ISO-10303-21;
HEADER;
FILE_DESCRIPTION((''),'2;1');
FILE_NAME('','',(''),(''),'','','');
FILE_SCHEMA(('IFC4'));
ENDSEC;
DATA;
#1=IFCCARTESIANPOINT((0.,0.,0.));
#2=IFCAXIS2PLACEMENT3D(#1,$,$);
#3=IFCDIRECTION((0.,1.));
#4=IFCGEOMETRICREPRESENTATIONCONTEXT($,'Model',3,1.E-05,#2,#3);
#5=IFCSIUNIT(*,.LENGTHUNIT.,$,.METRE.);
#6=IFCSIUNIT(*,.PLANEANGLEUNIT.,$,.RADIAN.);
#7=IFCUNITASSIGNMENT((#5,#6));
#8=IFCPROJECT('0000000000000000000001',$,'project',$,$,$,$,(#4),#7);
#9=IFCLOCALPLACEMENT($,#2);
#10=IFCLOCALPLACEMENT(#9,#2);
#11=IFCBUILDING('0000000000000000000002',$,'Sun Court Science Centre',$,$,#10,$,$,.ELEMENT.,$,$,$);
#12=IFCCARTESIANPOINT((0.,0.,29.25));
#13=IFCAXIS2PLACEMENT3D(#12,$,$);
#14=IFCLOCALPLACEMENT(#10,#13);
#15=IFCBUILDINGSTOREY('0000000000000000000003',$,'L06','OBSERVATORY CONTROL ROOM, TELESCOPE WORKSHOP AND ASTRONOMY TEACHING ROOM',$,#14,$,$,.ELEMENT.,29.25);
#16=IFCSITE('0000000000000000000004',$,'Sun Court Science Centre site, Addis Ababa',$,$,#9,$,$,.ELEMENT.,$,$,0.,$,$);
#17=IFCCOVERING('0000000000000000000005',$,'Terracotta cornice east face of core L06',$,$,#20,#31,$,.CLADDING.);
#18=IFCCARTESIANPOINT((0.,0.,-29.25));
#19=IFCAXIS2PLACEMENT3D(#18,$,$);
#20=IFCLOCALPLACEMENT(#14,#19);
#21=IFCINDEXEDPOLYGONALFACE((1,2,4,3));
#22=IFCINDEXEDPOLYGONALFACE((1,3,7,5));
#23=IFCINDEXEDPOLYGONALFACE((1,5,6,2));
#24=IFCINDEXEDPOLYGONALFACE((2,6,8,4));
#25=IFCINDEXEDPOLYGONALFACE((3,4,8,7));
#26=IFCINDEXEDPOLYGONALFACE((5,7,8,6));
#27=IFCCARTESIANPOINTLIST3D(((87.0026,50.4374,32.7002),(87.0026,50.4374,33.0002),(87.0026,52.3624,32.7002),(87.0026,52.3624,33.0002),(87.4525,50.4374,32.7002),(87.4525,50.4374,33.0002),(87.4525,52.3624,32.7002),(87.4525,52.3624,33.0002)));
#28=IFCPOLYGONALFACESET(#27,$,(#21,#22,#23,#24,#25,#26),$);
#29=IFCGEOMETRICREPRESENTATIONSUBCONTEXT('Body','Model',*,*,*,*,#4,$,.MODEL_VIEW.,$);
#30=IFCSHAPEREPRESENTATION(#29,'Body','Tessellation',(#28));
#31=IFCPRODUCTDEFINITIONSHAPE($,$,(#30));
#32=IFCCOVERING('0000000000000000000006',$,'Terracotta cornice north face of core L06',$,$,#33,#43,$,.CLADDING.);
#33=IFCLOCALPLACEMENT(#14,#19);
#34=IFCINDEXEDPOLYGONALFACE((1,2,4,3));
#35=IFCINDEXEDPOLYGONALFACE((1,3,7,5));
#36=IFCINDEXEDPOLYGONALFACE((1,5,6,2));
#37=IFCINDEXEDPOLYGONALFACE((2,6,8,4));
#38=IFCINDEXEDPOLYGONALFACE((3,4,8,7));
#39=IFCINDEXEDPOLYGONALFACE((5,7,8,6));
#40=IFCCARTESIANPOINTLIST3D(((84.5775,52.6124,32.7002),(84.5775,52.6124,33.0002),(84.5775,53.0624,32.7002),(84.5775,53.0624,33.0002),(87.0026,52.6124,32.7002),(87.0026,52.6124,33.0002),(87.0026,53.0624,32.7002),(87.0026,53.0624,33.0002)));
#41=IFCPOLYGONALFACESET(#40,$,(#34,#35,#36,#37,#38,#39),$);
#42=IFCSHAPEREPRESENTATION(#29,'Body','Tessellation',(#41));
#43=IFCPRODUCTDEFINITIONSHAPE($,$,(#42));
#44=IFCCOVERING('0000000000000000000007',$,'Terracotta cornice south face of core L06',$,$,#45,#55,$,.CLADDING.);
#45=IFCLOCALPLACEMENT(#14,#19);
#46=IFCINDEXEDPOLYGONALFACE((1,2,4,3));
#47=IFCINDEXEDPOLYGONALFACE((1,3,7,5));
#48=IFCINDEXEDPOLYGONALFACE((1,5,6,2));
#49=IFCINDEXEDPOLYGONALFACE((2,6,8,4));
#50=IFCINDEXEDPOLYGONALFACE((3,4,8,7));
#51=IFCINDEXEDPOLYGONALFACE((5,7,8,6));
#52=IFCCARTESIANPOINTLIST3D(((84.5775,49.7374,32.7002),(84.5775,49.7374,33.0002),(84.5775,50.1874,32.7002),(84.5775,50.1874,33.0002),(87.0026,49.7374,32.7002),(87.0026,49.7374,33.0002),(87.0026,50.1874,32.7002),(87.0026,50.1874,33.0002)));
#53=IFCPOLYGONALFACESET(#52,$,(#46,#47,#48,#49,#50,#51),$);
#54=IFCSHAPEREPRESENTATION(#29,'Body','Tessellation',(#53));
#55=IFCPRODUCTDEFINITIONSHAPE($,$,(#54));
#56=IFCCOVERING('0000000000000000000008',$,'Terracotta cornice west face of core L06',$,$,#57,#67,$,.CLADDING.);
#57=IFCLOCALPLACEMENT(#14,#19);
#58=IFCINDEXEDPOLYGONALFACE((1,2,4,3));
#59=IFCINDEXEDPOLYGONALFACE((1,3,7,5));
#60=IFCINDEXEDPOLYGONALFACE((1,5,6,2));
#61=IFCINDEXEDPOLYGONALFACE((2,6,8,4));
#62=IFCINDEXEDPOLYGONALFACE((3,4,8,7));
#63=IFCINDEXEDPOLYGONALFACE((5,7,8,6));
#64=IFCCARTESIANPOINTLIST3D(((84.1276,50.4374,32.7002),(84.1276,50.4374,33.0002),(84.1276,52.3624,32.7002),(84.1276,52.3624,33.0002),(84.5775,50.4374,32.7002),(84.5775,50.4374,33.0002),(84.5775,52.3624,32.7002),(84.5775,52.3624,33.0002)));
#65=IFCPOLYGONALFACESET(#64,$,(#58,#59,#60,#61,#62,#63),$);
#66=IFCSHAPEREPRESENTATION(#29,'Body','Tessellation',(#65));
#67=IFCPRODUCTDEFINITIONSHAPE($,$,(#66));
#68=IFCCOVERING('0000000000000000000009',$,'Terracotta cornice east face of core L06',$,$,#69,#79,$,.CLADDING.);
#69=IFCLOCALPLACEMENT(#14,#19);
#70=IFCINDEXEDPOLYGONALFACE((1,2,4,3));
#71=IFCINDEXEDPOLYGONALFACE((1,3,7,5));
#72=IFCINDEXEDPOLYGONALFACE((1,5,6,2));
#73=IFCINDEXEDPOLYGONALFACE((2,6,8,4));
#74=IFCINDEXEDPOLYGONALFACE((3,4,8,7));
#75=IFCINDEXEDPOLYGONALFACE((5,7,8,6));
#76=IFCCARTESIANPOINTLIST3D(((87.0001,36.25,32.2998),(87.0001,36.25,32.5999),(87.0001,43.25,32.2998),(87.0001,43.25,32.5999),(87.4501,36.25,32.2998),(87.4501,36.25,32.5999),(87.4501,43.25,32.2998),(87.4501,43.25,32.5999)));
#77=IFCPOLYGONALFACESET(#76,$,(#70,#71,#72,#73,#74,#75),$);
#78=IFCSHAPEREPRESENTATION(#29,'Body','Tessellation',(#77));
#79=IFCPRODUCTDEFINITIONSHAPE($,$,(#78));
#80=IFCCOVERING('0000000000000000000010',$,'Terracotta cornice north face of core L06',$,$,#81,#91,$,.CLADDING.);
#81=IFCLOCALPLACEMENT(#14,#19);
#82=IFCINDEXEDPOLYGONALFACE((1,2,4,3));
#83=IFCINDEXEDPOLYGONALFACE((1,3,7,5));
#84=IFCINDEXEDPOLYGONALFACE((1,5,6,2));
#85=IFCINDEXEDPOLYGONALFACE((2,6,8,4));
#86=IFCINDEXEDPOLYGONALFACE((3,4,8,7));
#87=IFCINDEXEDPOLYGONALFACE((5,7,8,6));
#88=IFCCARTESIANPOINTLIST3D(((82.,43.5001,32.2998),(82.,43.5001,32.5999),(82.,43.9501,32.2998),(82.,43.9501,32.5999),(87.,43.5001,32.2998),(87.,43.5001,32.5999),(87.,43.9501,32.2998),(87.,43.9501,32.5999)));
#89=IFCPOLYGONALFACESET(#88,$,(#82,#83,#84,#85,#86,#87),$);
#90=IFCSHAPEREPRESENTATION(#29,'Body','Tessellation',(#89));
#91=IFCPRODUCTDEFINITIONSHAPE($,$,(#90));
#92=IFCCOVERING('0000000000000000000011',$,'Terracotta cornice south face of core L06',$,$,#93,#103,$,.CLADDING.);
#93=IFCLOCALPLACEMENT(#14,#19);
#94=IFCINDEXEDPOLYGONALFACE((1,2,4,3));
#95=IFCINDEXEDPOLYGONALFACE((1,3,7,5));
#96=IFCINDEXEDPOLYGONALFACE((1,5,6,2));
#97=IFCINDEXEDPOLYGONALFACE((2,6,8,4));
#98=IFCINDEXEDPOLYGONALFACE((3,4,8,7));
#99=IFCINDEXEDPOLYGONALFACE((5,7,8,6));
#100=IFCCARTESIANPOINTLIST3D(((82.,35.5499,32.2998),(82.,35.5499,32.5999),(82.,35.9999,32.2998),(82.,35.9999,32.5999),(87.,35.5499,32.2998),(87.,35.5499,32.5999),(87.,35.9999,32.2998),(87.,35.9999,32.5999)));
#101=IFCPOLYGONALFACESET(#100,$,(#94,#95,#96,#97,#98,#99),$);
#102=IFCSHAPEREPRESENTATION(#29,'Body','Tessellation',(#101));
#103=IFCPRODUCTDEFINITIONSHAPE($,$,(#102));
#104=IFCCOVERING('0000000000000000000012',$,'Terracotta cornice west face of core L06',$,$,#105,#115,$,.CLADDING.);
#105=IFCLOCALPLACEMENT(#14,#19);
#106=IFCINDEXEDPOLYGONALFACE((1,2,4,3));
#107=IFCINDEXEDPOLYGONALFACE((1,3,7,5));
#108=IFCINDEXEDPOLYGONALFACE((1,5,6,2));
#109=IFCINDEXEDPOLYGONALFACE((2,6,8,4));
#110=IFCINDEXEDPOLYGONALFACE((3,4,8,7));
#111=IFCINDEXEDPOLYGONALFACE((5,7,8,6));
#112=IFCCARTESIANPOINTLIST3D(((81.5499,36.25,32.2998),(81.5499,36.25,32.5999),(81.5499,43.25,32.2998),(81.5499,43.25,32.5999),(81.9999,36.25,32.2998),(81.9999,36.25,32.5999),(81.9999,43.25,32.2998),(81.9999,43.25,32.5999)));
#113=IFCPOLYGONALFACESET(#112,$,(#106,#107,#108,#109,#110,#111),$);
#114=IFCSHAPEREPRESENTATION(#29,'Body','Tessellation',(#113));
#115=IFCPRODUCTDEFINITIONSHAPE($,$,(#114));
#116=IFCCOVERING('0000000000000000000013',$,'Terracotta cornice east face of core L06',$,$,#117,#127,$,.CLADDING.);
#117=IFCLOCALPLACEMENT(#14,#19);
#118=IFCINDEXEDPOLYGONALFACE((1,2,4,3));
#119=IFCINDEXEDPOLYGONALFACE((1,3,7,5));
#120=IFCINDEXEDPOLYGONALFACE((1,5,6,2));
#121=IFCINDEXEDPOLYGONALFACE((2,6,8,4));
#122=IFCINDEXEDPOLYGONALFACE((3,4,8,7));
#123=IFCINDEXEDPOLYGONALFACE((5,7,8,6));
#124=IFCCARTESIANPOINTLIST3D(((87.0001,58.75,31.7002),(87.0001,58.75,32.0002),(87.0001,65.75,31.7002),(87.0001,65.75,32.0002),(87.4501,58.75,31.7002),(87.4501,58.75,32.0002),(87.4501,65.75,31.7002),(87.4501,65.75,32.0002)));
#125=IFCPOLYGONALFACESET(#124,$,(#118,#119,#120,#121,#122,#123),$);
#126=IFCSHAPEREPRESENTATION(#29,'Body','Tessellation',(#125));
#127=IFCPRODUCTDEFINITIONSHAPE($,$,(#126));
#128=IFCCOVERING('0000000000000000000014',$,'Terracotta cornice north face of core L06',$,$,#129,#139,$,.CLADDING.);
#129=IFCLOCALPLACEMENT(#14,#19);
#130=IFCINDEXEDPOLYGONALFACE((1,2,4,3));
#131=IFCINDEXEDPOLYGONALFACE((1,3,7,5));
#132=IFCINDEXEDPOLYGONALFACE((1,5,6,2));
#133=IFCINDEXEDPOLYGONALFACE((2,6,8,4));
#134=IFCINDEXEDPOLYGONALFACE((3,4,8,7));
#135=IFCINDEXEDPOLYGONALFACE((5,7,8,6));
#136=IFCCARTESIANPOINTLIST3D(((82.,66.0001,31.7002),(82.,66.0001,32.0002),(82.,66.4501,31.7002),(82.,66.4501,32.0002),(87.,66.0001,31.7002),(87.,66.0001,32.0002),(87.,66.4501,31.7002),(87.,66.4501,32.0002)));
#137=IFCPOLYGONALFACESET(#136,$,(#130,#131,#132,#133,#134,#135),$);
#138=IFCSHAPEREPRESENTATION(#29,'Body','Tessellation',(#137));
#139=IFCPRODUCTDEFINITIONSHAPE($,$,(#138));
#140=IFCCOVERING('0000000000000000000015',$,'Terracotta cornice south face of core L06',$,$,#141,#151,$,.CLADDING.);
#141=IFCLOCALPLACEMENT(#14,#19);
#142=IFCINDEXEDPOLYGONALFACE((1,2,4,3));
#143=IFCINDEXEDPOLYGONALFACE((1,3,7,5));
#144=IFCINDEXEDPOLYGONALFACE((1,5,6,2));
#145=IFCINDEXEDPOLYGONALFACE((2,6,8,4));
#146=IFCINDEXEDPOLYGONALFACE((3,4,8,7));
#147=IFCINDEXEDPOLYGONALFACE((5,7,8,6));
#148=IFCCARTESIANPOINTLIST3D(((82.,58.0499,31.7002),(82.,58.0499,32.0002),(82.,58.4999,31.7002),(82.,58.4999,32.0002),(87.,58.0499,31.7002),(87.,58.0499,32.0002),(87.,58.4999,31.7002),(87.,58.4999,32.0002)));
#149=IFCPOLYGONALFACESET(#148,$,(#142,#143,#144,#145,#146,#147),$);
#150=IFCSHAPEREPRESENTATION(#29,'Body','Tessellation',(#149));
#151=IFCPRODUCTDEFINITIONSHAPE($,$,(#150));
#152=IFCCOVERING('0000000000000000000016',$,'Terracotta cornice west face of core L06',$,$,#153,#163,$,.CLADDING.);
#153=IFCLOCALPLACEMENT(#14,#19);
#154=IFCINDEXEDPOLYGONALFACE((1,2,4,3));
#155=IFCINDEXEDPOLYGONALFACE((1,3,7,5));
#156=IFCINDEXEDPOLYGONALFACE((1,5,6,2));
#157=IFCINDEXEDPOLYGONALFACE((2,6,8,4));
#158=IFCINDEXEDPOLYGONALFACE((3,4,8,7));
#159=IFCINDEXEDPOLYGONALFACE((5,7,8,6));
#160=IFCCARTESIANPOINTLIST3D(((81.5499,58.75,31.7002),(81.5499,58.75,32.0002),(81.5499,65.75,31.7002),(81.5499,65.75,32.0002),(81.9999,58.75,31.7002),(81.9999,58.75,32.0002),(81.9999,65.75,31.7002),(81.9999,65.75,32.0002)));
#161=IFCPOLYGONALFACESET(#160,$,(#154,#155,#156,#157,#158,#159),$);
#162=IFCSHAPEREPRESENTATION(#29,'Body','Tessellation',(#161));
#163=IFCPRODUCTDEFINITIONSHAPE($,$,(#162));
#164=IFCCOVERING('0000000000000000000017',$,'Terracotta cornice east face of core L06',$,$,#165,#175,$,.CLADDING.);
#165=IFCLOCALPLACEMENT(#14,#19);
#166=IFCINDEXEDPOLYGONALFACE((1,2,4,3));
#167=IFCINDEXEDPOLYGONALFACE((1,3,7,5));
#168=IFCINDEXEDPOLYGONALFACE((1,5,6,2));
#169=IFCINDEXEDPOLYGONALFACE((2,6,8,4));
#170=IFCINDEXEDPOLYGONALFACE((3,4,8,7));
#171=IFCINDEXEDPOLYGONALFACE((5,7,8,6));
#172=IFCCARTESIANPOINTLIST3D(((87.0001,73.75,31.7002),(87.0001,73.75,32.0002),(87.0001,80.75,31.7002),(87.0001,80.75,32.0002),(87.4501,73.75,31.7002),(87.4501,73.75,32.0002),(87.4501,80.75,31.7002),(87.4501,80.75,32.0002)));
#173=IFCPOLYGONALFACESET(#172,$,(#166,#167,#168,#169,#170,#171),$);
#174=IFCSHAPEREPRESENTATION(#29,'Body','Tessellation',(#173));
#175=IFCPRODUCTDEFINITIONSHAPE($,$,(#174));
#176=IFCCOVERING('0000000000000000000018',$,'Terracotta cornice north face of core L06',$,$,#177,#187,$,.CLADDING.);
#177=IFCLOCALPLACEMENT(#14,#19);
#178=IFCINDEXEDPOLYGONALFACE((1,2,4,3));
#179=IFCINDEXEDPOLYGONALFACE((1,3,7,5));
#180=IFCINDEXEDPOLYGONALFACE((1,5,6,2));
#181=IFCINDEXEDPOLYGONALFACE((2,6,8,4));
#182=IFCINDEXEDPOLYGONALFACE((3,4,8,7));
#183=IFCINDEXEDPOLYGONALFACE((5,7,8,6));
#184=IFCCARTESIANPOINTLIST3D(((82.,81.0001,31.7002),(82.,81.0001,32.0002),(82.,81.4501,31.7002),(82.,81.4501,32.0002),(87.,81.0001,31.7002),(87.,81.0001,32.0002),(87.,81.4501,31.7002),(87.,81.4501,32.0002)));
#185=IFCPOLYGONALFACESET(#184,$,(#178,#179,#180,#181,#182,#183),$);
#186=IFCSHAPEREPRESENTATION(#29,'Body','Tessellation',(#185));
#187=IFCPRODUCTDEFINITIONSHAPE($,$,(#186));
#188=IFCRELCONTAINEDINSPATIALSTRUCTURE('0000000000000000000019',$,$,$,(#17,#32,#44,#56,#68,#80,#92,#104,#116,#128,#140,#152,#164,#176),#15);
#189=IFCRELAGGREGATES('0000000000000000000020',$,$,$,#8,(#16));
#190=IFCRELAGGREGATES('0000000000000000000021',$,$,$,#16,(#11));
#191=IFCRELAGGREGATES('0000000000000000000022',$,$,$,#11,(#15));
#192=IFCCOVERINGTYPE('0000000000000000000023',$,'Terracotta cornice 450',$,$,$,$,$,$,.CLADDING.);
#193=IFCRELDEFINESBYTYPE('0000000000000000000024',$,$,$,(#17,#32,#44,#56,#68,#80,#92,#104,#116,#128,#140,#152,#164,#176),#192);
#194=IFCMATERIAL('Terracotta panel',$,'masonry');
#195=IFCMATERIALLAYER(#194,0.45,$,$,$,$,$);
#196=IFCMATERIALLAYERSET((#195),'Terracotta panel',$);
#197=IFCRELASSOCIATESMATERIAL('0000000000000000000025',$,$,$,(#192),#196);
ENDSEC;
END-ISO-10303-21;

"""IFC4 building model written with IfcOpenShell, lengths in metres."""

from ifc_helpers import new_model, si_unit, direction, frame, origin, origin_2d, place, context, subcontext, project, spatial, rectangle, extrude, material, layer, layer_set, type_object, element, save


model = new_model("IFC4")

# Units and contexts
model_context = context("Model", 3, precision=1e-05, world=origin(), true_north=direction((0.0, 1.0)))
body_context = subcontext(model_context, "Body", "Model", "MODEL_VIEW")
ifc_project = project(units=[si_unit("LENGTHUNIT", "METRE"), si_unit("PLANEANGLEUNIT", "RADIAN")], contexts=[model_context])

# Site, building, storey
site_placement = place(None, origin())
site = spatial("IfcSite", under=ifc_project, at=site_placement, Name="Sun Court Science Centre site, Addis Ababa", CompositionType="ELEMENT", RefElevation=0.0)
building_placement = place(site_placement, origin())
building = spatial("IfcBuilding", under=site, at=building_placement, Name="Sun Court Science Centre", CompositionType="ELEMENT")
storey_placement = place(building_placement, frame((0.0, 0.0, 29.25)))
storey = spatial("IfcBuildingStorey", under=building, at=storey_placement, Name="L06", Description="OBSERVATORY CONTROL ROOM, TELESCOPE WORKSHOP AND ASTRONOMY TEACHING ROOM", CompositionType="ELEMENT", Elevation=29.25)

# Coverings
ifc_material_1 = material(Name="Terracotta panel", Category="masonry")
ifc_layer_1 = layer(ifc_material_1, 0.45)
ifc_layer_set_1 = layer_set([ifc_layer_1], Name="Terracotta panel")
covering_type = type_object("IfcCoveringType", Name="Terracotta cornice 450", PredefinedType="CLADDING", material=ifc_layer_set_1)
covering_1_placement = place(storey_placement, frame((0.0, 0.0, -29.25)))
element("IfcCovering", 1, at=covering_1_placement, inside=storey, type_object=covering_type, Name="Terracotta cornice east face of core L06", PredefinedType="CLADDING", context=body_context, shape_type="SweptSolid", body=[
    extrude(rectangle(XDim=1.925, YDim=0.45, at=origin_2d()), frame((87.2275, 51.3999, 32.7002), z_axis=(0.0, 0.0, 1.0), x_axis=(0.0, -1.0, 0.0)), (0.0, 0.0, 1.0), 0.3),
])
covering_2_placement = place(storey_placement, frame((0.0, 0.0, -29.25)))
element("IfcCovering", 2, at=covering_2_placement, inside=storey, type_object=covering_type, Name="Terracotta cornice north face of core L06", PredefinedType="CLADDING", context=body_context, shape_type="SweptSolid", body=[
    extrude(rectangle(XDim=2.425, YDim=0.45, at=origin_2d()), frame((85.79, 52.8374, 32.7002), z_axis=(0.0, 0.0, 1.0), x_axis=(1.0, 0.0, 0.0)), (0.0, 0.0, 1.0), 0.3),
])
covering_3_placement = place(storey_placement, frame((0.0, 0.0, -29.25)))
element("IfcCovering", 3, at=covering_3_placement, inside=storey, type_object=covering_type, Name="Terracotta cornice south face of core L06", PredefinedType="CLADDING", context=body_context, shape_type="SweptSolid", body=[
    extrude(rectangle(XDim=2.425, YDim=0.45, at=origin_2d()), frame((85.79, 49.9624, 32.7002), z_axis=(0.0, 0.0, 1.0), x_axis=(-1.0, 0.0, 0.0)), (0.0, 0.0, 1.0), 0.3),
])
covering_4_placement = place(storey_placement, frame((0.0, 0.0, -29.25)))
element("IfcCovering", 4, at=covering_4_placement, inside=storey, type_object=covering_type, Name="Terracotta cornice west face of core L06", PredefinedType="CLADDING", context=body_context, shape_type="SweptSolid", body=[
    extrude(rectangle(XDim=1.925, YDim=0.45, at=origin_2d()), frame((84.3525, 51.3999, 32.7002), z_axis=(0.0, 0.0, 1.0), x_axis=(0.0, 1.0, 0.0)), (0.0, 0.0, 1.0), 0.3),
])
covering_5_placement = place(storey_placement, frame((0.0, 0.0, -29.25)))
element("IfcCovering", 5, at=covering_5_placement, inside=storey, type_object=covering_type, Name="Terracotta cornice east face of core L06", PredefinedType="CLADDING", context=body_context, shape_type="SweptSolid", body=[
    extrude(rectangle(XDim=7.0, YDim=0.45, at=origin_2d()), frame((87.2251, 39.75, 32.2998), z_axis=(0.0, 0.0, 1.0), x_axis=(0.0, -1.0, 0.0)), (0.0, 0.0, 1.0), 0.3),
])
covering_6_placement = place(storey_placement, frame((0.0, 0.0, -29.25)))
element("IfcCovering", 6, at=covering_6_placement, inside=storey, type_object=covering_type, Name="Terracotta cornice north face of core L06", PredefinedType="CLADDING", context=body_context, shape_type="SweptSolid", body=[
    extrude(rectangle(XDim=5.0, YDim=0.45, at=origin_2d()), frame((84.5, 43.7251, 32.2998), z_axis=(0.0, 0.0, 1.0), x_axis=(1.0, 0.0, 0.0)), (0.0, 0.0, 1.0), 0.3),
])
covering_7_placement = place(storey_placement, frame((0.0, 0.0, -29.25)))
element("IfcCovering", 7, at=covering_7_placement, inside=storey, type_object=covering_type, Name="Terracotta cornice south face of core L06", PredefinedType="CLADDING", context=body_context, shape_type="SweptSolid", body=[
    extrude(rectangle(XDim=5.0, YDim=0.45, at=origin_2d()), frame((84.5, 35.7749, 32.2998), z_axis=(0.0, 0.0, 1.0), x_axis=(-1.0, 0.0, 0.0)), (0.0, 0.0, 1.0), 0.3),
])
covering_8_placement = place(storey_placement, frame((0.0, 0.0, -29.25)))
element("IfcCovering", 8, at=covering_8_placement, inside=storey, type_object=covering_type, Name="Terracotta cornice west face of core L06", PredefinedType="CLADDING", context=body_context, shape_type="SweptSolid", body=[
    extrude(rectangle(XDim=7.0, YDim=0.45, at=origin_2d()), frame((81.7749, 39.75, 32.2998), z_axis=(0.0, 0.0, 1.0), x_axis=(0.0, 1.0, 0.0)), (0.0, 0.0, 1.0), 0.3),
])
covering_9_placement = place(storey_placement, frame((0.0, 0.0, -29.25)))
element("IfcCovering", 9, at=covering_9_placement, inside=storey, type_object=covering_type, Name="Terracotta cornice east face of core L06", PredefinedType="CLADDING", context=body_context, shape_type="SweptSolid", body=[
    extrude(rectangle(XDim=7.0, YDim=0.45, at=origin_2d()), frame((87.2251, 62.25, 31.7002), z_axis=(0.0, 0.0, 1.0), x_axis=(0.0, -1.0, 0.0)), (0.0, 0.0, 1.0), 0.3),
])
covering_10_placement = place(storey_placement, frame((0.0, 0.0, -29.25)))
element("IfcCovering", 10, at=covering_10_placement, inside=storey, type_object=covering_type, Name="Terracotta cornice north face of core L06", PredefinedType="CLADDING", context=body_context, shape_type="SweptSolid", body=[
    extrude(rectangle(XDim=5.0, YDim=0.45, at=origin_2d()), frame((84.5, 66.2251, 31.7002), z_axis=(0.0, 0.0, 1.0), x_axis=(1.0, 0.0, 0.0)), (0.0, 0.0, 1.0), 0.3),
])
covering_11_placement = place(storey_placement, frame((0.0, 0.0, -29.25)))
element("IfcCovering", 11, at=covering_11_placement, inside=storey, type_object=covering_type, Name="Terracotta cornice south face of core L06", PredefinedType="CLADDING", context=body_context, shape_type="SweptSolid", body=[
    extrude(rectangle(XDim=5.0, YDim=0.45, at=origin_2d()), frame((84.5, 58.2749, 31.7002), z_axis=(0.0, 0.0, 1.0), x_axis=(-1.0, 0.0, 0.0)), (0.0, 0.0, 1.0), 0.3),
])
covering_12_placement = place(storey_placement, frame((0.0, 0.0, -29.25)))
element("IfcCovering", 12, at=covering_12_placement, inside=storey, type_object=covering_type, Name="Terracotta cornice west face of core L06", PredefinedType="CLADDING", context=body_context, shape_type="SweptSolid", body=[
    extrude(rectangle(XDim=7.0, YDim=0.45, at=origin_2d()), frame((81.7749, 62.25, 31.7002), z_axis=(0.0, 0.0, 1.0), x_axis=(0.0, 1.0, 0.0)), (0.0, 0.0, 1.0), 0.3),
])
covering_13_placement = place(storey_placement, frame((0.0, 0.0, -29.25)))
element("IfcCovering", 13, at=covering_13_placement, inside=storey, type_object=covering_type, Name="Terracotta cornice east face of core L06", PredefinedType="CLADDING", context=body_context, shape_type="SweptSolid", body=[
    extrude(rectangle(XDim=7.0, YDim=0.45, at=origin_2d()), frame((87.2251, 77.25, 31.7002), z_axis=(0.0, 0.0, 1.0), x_axis=(0.0, -1.0, 0.0)), (0.0, 0.0, 1.0), 0.3),
])
covering_14_placement = place(storey_placement, frame((0.0, 0.0, -29.25)))
element("IfcCovering", 14, at=covering_14_placement, inside=storey, type_object=covering_type, Name="Terracotta cornice north face of core L06", PredefinedType="CLADDING", context=body_context, shape_type="SweptSolid", body=[
    extrude(rectangle(XDim=5.0, YDim=0.45, at=origin_2d()), frame((84.5, 81.2251, 31.7002), z_axis=(0.0, 0.0, 1.0), x_axis=(1.0, 0.0, 0.0)), (0.0, 0.0, 1.0), 0.3),
])

save(model, "model.ifc")
